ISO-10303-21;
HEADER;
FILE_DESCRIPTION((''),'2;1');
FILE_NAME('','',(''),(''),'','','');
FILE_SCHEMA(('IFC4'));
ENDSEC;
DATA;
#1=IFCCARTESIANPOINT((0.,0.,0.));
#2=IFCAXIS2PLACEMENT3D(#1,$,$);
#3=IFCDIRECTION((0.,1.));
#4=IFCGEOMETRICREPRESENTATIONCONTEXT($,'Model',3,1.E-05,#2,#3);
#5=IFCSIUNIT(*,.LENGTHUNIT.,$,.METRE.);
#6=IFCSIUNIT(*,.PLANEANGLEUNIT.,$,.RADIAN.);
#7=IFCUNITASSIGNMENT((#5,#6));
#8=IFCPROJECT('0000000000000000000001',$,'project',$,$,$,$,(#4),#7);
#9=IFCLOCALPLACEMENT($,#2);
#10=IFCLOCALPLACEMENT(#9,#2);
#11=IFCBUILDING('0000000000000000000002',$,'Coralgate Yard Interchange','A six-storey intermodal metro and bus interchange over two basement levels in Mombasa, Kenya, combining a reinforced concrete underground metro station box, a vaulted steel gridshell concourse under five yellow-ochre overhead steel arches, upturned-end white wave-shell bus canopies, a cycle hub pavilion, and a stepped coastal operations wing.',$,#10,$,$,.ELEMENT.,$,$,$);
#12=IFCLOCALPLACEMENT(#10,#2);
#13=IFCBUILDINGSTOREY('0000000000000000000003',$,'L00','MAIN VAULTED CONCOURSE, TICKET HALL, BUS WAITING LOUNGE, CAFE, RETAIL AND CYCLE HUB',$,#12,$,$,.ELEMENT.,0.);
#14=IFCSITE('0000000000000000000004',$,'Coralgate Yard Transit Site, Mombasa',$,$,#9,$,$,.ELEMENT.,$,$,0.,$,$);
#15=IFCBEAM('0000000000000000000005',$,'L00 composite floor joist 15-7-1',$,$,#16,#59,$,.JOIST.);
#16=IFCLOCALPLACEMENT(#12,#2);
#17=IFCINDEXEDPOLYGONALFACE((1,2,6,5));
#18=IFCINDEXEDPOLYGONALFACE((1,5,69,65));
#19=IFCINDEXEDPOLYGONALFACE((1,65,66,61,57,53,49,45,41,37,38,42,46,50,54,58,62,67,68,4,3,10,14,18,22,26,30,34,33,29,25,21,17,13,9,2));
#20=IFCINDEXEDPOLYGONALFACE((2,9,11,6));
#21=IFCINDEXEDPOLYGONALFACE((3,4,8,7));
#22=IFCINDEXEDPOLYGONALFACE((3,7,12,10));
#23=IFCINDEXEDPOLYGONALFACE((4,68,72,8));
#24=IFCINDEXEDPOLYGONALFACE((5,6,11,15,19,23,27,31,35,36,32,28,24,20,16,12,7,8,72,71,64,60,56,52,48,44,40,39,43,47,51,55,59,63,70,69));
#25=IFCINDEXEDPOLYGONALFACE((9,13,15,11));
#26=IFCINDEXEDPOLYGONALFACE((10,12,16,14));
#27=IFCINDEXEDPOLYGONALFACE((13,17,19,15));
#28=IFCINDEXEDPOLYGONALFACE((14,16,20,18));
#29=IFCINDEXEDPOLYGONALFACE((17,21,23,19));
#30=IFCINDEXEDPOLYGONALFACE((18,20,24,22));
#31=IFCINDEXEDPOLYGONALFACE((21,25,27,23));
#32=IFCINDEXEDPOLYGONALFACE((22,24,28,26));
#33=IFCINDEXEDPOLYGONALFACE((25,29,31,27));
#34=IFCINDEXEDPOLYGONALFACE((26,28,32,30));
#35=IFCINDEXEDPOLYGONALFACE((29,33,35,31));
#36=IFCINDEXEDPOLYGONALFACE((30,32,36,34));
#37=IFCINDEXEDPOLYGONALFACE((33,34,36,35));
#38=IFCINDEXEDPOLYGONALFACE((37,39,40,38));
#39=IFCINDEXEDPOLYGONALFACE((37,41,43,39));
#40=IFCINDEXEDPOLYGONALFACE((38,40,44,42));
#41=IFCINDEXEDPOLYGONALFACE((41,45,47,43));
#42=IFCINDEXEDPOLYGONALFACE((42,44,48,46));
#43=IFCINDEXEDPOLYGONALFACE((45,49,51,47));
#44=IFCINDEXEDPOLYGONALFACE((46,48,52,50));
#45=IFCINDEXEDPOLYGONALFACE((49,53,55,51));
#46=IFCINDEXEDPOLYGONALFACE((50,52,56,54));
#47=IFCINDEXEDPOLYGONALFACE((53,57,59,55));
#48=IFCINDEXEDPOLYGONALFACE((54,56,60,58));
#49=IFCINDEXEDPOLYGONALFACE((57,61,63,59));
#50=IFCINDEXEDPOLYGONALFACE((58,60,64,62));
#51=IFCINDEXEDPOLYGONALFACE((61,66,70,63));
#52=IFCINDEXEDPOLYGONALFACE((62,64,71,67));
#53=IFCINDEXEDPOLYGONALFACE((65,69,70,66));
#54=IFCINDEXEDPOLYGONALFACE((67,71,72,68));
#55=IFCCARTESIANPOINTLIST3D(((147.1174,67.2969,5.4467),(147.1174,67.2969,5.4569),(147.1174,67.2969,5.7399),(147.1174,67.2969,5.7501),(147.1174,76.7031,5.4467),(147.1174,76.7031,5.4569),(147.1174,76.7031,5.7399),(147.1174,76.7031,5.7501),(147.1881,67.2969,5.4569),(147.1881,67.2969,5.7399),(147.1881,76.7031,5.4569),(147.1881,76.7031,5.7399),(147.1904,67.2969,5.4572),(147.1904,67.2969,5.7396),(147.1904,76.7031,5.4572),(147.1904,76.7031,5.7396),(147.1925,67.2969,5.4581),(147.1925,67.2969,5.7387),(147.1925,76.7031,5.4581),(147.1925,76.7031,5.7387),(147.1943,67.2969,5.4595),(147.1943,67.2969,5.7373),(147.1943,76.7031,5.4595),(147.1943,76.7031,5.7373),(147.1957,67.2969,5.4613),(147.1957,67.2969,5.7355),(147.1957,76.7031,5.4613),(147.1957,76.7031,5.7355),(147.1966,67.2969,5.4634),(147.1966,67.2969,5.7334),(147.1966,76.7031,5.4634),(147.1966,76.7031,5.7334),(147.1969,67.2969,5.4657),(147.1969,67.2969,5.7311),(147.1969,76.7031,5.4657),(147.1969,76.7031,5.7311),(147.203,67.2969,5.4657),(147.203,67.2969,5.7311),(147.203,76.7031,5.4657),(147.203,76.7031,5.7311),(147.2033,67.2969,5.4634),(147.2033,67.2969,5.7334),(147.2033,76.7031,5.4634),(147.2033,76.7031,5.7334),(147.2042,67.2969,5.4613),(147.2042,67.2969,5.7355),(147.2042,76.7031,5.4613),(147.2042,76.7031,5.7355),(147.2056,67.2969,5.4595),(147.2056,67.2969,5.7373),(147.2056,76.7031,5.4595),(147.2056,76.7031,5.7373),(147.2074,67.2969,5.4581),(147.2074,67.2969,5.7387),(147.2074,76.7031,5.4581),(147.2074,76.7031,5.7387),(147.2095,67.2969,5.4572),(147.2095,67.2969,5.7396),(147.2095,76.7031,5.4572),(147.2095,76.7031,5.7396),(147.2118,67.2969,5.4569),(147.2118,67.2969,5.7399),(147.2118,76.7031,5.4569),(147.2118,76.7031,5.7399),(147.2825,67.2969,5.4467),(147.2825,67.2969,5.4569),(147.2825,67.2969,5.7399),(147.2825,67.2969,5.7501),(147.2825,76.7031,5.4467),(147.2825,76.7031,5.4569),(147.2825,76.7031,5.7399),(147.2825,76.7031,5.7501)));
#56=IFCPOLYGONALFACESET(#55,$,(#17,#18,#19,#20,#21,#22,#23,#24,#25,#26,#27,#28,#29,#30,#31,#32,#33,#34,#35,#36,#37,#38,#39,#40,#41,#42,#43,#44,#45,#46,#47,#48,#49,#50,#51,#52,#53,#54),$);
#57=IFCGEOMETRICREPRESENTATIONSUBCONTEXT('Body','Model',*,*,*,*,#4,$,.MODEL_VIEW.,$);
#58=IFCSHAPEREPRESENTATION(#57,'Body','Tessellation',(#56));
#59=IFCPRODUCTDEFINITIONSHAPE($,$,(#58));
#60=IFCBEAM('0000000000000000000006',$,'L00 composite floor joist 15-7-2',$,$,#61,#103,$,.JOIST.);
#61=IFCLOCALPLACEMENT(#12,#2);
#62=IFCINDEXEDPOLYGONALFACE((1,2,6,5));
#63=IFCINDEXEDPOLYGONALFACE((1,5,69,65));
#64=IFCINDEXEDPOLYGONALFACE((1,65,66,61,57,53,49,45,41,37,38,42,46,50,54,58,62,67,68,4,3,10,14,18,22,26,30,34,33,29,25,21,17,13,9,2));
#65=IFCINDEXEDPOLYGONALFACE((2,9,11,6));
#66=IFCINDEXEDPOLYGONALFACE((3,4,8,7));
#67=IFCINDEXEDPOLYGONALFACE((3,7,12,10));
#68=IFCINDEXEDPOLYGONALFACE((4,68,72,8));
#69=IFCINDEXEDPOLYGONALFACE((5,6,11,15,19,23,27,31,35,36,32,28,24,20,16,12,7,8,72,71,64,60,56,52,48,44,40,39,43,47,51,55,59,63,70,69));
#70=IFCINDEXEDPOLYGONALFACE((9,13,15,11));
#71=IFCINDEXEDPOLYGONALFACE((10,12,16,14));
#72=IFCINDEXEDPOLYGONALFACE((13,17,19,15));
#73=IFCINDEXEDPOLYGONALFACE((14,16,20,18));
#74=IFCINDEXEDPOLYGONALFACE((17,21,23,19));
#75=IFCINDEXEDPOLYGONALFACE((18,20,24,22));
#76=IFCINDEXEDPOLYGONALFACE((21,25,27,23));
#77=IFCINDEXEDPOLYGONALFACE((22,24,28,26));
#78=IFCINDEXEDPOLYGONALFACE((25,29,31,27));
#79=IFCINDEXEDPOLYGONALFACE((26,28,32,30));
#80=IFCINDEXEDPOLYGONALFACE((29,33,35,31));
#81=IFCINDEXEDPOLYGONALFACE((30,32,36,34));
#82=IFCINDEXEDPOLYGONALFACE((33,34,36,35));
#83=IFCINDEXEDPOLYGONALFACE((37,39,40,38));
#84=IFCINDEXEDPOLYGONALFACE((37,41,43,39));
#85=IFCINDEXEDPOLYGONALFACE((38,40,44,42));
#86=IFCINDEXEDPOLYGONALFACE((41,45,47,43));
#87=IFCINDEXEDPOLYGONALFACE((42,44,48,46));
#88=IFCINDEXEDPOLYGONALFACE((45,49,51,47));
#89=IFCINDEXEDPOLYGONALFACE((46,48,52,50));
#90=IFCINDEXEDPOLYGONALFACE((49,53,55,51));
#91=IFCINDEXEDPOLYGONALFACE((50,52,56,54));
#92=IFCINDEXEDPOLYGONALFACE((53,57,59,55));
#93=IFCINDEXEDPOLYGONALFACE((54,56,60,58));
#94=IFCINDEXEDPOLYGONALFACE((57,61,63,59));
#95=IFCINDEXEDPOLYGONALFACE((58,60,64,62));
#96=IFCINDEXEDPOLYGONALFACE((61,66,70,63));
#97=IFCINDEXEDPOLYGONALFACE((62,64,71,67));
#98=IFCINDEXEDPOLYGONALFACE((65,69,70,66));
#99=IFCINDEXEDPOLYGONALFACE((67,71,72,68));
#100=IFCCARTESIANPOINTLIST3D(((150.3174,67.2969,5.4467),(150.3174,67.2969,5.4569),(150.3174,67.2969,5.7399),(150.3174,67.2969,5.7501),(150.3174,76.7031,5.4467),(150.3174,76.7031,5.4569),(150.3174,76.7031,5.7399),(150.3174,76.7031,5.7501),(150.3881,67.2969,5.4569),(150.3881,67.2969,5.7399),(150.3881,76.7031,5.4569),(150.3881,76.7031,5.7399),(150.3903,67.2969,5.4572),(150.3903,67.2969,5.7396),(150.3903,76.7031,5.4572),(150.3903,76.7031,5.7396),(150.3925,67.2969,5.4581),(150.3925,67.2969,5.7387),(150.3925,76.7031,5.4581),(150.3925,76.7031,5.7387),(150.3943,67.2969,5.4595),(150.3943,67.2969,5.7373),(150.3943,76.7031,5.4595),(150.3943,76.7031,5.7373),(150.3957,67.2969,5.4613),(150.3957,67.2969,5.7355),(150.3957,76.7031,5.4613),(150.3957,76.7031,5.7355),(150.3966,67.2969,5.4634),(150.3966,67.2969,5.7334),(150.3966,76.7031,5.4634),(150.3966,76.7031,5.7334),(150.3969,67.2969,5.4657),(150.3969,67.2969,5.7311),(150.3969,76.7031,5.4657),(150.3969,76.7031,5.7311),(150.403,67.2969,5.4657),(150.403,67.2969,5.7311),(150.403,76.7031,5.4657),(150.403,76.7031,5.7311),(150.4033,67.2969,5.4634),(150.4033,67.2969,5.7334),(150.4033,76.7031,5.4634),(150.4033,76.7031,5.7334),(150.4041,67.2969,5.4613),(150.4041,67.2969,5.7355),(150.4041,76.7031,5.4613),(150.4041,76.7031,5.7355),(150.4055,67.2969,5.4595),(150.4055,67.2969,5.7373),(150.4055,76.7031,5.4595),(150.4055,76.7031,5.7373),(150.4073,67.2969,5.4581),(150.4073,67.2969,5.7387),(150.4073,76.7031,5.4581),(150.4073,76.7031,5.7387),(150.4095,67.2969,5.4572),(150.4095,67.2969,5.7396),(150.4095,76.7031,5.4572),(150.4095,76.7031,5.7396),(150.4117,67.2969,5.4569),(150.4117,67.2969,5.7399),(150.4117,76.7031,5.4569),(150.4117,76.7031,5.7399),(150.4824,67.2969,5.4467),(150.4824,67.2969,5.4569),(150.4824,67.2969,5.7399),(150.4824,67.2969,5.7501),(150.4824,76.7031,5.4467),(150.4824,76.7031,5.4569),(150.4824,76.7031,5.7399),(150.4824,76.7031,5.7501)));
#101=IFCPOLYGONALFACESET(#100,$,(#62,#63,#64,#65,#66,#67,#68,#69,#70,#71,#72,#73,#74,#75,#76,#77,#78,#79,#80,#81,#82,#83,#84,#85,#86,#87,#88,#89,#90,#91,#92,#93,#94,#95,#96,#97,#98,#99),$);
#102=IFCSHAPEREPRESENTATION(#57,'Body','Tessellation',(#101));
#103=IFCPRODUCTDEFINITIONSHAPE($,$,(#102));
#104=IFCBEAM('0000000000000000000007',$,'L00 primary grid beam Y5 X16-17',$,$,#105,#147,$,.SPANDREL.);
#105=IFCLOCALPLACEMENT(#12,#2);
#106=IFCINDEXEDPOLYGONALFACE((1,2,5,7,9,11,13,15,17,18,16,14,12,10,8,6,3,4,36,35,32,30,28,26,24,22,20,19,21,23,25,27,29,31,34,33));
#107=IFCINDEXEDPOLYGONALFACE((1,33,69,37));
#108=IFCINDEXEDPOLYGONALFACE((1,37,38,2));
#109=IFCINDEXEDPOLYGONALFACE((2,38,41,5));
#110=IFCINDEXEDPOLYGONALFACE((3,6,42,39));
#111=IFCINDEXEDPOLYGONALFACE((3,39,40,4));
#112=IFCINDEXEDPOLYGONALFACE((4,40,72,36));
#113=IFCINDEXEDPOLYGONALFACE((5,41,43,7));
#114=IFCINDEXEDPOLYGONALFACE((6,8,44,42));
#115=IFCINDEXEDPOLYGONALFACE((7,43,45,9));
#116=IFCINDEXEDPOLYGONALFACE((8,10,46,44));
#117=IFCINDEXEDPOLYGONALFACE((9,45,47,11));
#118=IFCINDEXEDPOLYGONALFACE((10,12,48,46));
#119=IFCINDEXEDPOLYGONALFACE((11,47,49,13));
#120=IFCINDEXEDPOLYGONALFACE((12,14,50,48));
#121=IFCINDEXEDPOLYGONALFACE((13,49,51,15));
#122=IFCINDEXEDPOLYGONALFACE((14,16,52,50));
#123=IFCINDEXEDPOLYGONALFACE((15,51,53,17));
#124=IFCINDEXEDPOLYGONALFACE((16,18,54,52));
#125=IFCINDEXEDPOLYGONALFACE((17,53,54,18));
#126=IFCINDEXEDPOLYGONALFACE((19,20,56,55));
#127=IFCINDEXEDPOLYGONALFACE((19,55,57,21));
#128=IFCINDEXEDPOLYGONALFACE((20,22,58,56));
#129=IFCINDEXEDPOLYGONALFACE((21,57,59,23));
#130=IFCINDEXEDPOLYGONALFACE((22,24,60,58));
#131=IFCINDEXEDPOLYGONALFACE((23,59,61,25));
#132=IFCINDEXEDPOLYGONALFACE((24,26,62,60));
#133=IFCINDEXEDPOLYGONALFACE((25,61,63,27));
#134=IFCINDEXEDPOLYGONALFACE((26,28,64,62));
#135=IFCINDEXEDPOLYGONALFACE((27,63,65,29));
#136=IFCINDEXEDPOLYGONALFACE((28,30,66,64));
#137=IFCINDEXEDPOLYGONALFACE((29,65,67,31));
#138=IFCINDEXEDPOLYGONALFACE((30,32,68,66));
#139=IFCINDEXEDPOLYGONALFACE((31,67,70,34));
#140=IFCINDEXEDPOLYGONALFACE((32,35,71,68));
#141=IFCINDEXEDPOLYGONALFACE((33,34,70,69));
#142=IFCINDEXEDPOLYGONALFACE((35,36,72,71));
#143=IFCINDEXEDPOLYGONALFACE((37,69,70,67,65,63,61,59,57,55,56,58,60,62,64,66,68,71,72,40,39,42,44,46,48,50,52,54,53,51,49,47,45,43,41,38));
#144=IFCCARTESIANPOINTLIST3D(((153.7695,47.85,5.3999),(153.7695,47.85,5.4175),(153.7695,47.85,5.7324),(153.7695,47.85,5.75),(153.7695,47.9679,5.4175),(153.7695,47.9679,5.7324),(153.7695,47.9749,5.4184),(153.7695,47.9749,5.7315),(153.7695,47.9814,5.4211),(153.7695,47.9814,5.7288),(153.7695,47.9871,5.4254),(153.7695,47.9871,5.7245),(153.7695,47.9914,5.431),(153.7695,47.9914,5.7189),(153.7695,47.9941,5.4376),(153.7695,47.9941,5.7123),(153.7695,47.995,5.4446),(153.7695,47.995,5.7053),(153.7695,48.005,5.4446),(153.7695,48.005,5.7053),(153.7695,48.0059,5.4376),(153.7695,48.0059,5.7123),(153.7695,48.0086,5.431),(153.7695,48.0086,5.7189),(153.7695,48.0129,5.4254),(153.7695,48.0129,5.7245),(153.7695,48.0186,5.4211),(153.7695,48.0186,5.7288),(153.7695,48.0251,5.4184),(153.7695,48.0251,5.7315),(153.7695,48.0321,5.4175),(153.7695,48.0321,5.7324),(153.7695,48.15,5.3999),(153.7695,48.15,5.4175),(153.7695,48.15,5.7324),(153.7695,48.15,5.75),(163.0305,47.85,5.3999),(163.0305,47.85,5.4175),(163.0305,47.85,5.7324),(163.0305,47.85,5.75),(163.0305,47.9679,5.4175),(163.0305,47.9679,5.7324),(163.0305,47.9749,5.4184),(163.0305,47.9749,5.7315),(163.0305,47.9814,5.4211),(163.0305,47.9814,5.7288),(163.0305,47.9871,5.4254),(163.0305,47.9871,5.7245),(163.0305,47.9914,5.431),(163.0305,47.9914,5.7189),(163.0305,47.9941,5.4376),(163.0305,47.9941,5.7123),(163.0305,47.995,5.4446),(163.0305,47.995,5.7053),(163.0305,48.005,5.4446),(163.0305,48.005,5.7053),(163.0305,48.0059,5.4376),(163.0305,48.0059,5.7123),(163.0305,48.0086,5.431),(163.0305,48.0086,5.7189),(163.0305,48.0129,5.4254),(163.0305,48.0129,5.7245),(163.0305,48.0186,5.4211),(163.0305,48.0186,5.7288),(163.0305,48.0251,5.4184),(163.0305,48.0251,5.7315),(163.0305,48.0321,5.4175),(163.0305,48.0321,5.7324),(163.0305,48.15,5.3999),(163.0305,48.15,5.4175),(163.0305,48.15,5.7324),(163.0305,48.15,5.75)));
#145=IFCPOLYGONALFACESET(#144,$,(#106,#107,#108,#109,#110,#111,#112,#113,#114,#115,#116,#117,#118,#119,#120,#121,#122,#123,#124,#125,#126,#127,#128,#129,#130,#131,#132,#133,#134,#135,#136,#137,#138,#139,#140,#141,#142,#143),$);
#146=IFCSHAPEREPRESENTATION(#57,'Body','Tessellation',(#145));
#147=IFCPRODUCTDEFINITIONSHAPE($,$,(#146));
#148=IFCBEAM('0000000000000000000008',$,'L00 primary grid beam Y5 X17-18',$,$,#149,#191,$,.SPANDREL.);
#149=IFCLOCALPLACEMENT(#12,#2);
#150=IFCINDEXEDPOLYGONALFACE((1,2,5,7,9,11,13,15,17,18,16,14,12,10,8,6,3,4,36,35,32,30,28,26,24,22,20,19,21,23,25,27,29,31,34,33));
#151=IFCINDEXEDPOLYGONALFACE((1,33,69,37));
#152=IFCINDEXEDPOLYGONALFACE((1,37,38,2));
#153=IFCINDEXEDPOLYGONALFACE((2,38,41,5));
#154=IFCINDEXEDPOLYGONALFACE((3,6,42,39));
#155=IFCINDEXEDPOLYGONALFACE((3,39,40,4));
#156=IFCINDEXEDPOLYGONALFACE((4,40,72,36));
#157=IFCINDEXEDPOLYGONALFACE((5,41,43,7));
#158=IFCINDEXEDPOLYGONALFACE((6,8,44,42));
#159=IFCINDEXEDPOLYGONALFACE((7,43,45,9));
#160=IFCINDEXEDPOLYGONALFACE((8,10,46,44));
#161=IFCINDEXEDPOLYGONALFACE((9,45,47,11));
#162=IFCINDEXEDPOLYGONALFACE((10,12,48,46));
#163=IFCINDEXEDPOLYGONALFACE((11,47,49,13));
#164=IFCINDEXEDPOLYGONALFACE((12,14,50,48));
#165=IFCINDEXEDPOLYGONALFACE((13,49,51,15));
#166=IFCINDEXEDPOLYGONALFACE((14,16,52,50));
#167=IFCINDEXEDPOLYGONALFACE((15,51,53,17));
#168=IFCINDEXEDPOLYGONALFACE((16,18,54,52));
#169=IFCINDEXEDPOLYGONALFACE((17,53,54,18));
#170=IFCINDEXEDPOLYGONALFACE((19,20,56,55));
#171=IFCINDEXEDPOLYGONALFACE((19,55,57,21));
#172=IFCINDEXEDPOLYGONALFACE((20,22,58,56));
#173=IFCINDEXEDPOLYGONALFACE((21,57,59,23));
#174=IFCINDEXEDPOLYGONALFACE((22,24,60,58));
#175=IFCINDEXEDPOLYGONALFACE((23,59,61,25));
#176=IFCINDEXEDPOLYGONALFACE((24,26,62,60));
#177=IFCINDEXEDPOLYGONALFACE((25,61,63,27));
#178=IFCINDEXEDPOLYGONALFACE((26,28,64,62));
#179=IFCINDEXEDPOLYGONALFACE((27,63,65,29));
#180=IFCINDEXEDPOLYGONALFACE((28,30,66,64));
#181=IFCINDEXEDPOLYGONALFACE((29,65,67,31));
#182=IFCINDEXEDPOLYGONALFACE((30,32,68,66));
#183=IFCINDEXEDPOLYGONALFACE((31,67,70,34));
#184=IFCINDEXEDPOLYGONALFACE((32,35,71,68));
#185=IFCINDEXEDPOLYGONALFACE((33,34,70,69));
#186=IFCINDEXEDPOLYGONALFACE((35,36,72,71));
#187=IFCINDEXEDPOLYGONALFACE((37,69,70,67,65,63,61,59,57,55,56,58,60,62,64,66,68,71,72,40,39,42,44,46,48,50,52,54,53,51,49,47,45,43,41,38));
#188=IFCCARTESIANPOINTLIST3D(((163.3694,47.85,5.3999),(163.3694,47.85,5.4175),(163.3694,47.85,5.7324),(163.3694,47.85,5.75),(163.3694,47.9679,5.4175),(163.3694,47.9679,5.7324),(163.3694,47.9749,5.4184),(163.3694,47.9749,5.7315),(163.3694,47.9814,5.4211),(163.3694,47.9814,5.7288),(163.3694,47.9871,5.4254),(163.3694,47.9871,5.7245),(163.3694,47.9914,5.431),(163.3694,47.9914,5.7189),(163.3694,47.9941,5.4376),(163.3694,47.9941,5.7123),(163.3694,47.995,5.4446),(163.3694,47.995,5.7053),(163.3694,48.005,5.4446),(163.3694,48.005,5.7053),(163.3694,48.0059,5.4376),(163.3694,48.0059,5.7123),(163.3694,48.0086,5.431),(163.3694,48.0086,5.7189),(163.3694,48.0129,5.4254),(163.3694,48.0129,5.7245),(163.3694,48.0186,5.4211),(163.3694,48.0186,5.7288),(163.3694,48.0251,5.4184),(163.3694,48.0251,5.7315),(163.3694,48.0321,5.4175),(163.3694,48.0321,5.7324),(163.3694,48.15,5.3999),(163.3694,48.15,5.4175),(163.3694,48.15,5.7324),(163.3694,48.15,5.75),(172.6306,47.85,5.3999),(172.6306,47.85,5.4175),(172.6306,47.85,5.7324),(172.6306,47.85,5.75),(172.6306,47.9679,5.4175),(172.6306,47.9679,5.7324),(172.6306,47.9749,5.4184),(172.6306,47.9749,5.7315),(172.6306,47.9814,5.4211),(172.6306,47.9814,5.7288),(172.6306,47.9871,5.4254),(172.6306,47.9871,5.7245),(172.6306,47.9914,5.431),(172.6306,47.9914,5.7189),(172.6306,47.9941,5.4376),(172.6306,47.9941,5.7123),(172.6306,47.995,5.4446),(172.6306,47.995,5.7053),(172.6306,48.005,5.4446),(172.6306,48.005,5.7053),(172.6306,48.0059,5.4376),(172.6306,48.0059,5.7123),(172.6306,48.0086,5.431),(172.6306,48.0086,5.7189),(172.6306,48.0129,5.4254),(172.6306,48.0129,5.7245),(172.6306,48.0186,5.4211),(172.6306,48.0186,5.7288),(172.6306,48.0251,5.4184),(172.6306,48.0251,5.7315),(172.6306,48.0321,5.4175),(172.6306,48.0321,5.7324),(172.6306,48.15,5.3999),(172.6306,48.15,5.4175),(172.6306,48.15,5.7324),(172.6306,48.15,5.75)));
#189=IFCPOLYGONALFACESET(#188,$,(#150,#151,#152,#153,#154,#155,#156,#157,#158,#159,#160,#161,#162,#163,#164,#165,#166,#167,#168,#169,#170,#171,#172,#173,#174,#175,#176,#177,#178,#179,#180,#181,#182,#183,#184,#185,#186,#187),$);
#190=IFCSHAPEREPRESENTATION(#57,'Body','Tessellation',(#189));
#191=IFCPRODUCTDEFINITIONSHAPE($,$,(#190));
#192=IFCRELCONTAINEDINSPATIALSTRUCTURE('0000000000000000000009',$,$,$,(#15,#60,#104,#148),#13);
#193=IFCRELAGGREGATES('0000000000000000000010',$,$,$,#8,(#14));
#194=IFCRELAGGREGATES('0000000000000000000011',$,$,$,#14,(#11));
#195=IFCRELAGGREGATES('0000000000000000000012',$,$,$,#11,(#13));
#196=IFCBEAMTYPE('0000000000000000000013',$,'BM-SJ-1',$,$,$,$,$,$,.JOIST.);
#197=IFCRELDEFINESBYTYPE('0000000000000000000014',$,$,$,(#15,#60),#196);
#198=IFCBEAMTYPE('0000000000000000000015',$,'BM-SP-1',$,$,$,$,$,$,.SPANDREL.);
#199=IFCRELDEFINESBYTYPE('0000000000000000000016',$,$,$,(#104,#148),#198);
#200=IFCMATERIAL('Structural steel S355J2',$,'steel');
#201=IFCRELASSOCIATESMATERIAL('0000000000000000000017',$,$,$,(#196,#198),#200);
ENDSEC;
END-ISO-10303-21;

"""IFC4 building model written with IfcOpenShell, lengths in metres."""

from ifc_helpers import new_model, si_unit, direction, frame, origin, origin_2d, place, context, subcontext, project, spatial, i_section, extrude, material, material_profile, profile_set, type_object, element, save


model = new_model("IFC4")

# Units and contexts
model_context = context("Model", 3, precision=1e-05, world=origin(), true_north=direction((0.0, 1.0)))
body_context = subcontext(model_context, "Body", "Model", "MODEL_VIEW")
ifc_project = project(units=[si_unit("LENGTHUNIT", "METRE"), si_unit("PLANEANGLEUNIT", "RADIAN")], contexts=[model_context])

# Site, building, storey
site_placement = place(None, origin())
site = spatial("IfcSite", under=ifc_project, at=site_placement, Name="Coralgate Yard Transit Site, Mombasa", CompositionType="ELEMENT", RefElevation=0.0)
building_placement = place(site_placement, origin())
building = spatial("IfcBuilding", under=site, at=building_placement, Name="Coralgate Yard Interchange", Description="A six-storey intermodal metro and bus interchange over two basement levels in Mombasa, Kenya, combining a reinforced concrete underground metro station box, a vaulted steel gridshell concourse under five yellow-ochre overhead steel arches, upturned-end white wave-shell bus canopies, a cycle hub pavilion, and a stepped coastal operations wing.", CompositionType="ELEMENT")
storey_placement = place(building_placement, origin())
storey = spatial("IfcBuildingStorey", under=building, at=storey_placement, Name="L00", Description="MAIN VAULTED CONCOURSE, TICKET HALL, BUS WAITING LOUNGE, CAFE, RETAIL AND CYCLE HUB", CompositionType="ELEMENT", Elevation=0.0)

# Shared definitions
ifc_material_1 = material(Name="Structural steel S355J2", Category="steel")

# Beams
ifc_material_profile_1 = material_profile(ifc_material_1, i_section(OverallWidth=0.165, OverallDepth=0.3035, WebThickness=0.0061, FlangeThickness=0.0103, FilletRadius=0.0088, at=origin_2d()), Name="UB 305x165x40")
ifc_profile_set_1 = profile_set([ifc_material_profile_1], Name="Structural steel S355J2")
beam_type_1 = type_object("IfcBeamType", Name="BM-SJ-1", PredefinedType="JOIST", material=ifc_profile_set_1)
for number, where, z_axis, x_axis, name in (
    (1, (147.2, 67.2969, 5.5984), (0.0, 1.0, 0.0), (-1.0, 0.0, 0.0), "L00 composite floor joist 15-7-1"),
    (2, (150.3999, 67.2969, 5.5984), (0.0, 1.0, 0.0), (-1.0, 0.0, 0.0), "L00 composite floor joist 15-7-2"),
):
    element("IfcBeam", number, at=place(storey_placement, frame(where, z_axis=z_axis, x_axis=x_axis)), inside=storey, type_object=beam_type_1, Name=name, PredefinedType="JOIST", context=body_context, shape_type="SweptSolid", body=[
        extrude(i_section(OverallWidth=0.165, OverallDepth=0.3035, WebThickness=0.0061, FlangeThickness=0.0103, FilletRadius=0.0088, at=origin_2d()), origin(), (0.0, 0.0, 1.0), 9.4062),
    ])
ifc_material_profile_2 = material_profile(ifc_material_1, i_section(OverallWidth=0.3, OverallDepth=0.3501, WebThickness=0.01, FlangeThickness=0.0176, FilletRadius=0.0271, at=origin_2d()), Name="HEA 360")
ifc_profile_set_2 = profile_set([ifc_material_profile_2], Name="Structural steel S355J2")
beam_type_2 = type_object("IfcBeamType", Name="BM-SP-1", PredefinedType="SPANDREL", material=ifc_profile_set_2)
beam_1_placement = place(storey_placement, frame((153.7695, 48.0, 5.575), z_axis=(1.0, 0.0, 0.0), x_axis=(0.0, 1.0, 0.0)))
element("IfcBeam", 3, at=beam_1_placement, inside=storey, type_object=beam_type_2, Name="L00 primary grid beam Y5 X16-17", PredefinedType="SPANDREL", context=body_context, shape_type="SweptSolid", body=[
    extrude(i_section(OverallWidth=0.3, OverallDepth=0.3501, WebThickness=0.01, FlangeThickness=0.0176, FilletRadius=0.0271, at=origin_2d()), origin(), (0.0, 0.0, 1.0), 9.261),
])
beam_2_placement = place(storey_placement, frame((163.3694, 48.0, 5.575), z_axis=(1.0, 0.0, 0.0), x_axis=(0.0, 1.0, 0.0)))
element("IfcBeam", 4, at=beam_2_placement, inside=storey, type_object=beam_type_2, Name="L00 primary grid beam Y5 X17-18", PredefinedType="SPANDREL", context=body_context, shape_type="SweptSolid", body=[
    extrude(i_section(OverallWidth=0.3, OverallDepth=0.3501, WebThickness=0.01, FlangeThickness=0.0176, FilletRadius=0.0271, at=origin_2d()), origin(), (0.0, 0.0, 1.0), 9.2612),
])

save(model, "model.ifc")
